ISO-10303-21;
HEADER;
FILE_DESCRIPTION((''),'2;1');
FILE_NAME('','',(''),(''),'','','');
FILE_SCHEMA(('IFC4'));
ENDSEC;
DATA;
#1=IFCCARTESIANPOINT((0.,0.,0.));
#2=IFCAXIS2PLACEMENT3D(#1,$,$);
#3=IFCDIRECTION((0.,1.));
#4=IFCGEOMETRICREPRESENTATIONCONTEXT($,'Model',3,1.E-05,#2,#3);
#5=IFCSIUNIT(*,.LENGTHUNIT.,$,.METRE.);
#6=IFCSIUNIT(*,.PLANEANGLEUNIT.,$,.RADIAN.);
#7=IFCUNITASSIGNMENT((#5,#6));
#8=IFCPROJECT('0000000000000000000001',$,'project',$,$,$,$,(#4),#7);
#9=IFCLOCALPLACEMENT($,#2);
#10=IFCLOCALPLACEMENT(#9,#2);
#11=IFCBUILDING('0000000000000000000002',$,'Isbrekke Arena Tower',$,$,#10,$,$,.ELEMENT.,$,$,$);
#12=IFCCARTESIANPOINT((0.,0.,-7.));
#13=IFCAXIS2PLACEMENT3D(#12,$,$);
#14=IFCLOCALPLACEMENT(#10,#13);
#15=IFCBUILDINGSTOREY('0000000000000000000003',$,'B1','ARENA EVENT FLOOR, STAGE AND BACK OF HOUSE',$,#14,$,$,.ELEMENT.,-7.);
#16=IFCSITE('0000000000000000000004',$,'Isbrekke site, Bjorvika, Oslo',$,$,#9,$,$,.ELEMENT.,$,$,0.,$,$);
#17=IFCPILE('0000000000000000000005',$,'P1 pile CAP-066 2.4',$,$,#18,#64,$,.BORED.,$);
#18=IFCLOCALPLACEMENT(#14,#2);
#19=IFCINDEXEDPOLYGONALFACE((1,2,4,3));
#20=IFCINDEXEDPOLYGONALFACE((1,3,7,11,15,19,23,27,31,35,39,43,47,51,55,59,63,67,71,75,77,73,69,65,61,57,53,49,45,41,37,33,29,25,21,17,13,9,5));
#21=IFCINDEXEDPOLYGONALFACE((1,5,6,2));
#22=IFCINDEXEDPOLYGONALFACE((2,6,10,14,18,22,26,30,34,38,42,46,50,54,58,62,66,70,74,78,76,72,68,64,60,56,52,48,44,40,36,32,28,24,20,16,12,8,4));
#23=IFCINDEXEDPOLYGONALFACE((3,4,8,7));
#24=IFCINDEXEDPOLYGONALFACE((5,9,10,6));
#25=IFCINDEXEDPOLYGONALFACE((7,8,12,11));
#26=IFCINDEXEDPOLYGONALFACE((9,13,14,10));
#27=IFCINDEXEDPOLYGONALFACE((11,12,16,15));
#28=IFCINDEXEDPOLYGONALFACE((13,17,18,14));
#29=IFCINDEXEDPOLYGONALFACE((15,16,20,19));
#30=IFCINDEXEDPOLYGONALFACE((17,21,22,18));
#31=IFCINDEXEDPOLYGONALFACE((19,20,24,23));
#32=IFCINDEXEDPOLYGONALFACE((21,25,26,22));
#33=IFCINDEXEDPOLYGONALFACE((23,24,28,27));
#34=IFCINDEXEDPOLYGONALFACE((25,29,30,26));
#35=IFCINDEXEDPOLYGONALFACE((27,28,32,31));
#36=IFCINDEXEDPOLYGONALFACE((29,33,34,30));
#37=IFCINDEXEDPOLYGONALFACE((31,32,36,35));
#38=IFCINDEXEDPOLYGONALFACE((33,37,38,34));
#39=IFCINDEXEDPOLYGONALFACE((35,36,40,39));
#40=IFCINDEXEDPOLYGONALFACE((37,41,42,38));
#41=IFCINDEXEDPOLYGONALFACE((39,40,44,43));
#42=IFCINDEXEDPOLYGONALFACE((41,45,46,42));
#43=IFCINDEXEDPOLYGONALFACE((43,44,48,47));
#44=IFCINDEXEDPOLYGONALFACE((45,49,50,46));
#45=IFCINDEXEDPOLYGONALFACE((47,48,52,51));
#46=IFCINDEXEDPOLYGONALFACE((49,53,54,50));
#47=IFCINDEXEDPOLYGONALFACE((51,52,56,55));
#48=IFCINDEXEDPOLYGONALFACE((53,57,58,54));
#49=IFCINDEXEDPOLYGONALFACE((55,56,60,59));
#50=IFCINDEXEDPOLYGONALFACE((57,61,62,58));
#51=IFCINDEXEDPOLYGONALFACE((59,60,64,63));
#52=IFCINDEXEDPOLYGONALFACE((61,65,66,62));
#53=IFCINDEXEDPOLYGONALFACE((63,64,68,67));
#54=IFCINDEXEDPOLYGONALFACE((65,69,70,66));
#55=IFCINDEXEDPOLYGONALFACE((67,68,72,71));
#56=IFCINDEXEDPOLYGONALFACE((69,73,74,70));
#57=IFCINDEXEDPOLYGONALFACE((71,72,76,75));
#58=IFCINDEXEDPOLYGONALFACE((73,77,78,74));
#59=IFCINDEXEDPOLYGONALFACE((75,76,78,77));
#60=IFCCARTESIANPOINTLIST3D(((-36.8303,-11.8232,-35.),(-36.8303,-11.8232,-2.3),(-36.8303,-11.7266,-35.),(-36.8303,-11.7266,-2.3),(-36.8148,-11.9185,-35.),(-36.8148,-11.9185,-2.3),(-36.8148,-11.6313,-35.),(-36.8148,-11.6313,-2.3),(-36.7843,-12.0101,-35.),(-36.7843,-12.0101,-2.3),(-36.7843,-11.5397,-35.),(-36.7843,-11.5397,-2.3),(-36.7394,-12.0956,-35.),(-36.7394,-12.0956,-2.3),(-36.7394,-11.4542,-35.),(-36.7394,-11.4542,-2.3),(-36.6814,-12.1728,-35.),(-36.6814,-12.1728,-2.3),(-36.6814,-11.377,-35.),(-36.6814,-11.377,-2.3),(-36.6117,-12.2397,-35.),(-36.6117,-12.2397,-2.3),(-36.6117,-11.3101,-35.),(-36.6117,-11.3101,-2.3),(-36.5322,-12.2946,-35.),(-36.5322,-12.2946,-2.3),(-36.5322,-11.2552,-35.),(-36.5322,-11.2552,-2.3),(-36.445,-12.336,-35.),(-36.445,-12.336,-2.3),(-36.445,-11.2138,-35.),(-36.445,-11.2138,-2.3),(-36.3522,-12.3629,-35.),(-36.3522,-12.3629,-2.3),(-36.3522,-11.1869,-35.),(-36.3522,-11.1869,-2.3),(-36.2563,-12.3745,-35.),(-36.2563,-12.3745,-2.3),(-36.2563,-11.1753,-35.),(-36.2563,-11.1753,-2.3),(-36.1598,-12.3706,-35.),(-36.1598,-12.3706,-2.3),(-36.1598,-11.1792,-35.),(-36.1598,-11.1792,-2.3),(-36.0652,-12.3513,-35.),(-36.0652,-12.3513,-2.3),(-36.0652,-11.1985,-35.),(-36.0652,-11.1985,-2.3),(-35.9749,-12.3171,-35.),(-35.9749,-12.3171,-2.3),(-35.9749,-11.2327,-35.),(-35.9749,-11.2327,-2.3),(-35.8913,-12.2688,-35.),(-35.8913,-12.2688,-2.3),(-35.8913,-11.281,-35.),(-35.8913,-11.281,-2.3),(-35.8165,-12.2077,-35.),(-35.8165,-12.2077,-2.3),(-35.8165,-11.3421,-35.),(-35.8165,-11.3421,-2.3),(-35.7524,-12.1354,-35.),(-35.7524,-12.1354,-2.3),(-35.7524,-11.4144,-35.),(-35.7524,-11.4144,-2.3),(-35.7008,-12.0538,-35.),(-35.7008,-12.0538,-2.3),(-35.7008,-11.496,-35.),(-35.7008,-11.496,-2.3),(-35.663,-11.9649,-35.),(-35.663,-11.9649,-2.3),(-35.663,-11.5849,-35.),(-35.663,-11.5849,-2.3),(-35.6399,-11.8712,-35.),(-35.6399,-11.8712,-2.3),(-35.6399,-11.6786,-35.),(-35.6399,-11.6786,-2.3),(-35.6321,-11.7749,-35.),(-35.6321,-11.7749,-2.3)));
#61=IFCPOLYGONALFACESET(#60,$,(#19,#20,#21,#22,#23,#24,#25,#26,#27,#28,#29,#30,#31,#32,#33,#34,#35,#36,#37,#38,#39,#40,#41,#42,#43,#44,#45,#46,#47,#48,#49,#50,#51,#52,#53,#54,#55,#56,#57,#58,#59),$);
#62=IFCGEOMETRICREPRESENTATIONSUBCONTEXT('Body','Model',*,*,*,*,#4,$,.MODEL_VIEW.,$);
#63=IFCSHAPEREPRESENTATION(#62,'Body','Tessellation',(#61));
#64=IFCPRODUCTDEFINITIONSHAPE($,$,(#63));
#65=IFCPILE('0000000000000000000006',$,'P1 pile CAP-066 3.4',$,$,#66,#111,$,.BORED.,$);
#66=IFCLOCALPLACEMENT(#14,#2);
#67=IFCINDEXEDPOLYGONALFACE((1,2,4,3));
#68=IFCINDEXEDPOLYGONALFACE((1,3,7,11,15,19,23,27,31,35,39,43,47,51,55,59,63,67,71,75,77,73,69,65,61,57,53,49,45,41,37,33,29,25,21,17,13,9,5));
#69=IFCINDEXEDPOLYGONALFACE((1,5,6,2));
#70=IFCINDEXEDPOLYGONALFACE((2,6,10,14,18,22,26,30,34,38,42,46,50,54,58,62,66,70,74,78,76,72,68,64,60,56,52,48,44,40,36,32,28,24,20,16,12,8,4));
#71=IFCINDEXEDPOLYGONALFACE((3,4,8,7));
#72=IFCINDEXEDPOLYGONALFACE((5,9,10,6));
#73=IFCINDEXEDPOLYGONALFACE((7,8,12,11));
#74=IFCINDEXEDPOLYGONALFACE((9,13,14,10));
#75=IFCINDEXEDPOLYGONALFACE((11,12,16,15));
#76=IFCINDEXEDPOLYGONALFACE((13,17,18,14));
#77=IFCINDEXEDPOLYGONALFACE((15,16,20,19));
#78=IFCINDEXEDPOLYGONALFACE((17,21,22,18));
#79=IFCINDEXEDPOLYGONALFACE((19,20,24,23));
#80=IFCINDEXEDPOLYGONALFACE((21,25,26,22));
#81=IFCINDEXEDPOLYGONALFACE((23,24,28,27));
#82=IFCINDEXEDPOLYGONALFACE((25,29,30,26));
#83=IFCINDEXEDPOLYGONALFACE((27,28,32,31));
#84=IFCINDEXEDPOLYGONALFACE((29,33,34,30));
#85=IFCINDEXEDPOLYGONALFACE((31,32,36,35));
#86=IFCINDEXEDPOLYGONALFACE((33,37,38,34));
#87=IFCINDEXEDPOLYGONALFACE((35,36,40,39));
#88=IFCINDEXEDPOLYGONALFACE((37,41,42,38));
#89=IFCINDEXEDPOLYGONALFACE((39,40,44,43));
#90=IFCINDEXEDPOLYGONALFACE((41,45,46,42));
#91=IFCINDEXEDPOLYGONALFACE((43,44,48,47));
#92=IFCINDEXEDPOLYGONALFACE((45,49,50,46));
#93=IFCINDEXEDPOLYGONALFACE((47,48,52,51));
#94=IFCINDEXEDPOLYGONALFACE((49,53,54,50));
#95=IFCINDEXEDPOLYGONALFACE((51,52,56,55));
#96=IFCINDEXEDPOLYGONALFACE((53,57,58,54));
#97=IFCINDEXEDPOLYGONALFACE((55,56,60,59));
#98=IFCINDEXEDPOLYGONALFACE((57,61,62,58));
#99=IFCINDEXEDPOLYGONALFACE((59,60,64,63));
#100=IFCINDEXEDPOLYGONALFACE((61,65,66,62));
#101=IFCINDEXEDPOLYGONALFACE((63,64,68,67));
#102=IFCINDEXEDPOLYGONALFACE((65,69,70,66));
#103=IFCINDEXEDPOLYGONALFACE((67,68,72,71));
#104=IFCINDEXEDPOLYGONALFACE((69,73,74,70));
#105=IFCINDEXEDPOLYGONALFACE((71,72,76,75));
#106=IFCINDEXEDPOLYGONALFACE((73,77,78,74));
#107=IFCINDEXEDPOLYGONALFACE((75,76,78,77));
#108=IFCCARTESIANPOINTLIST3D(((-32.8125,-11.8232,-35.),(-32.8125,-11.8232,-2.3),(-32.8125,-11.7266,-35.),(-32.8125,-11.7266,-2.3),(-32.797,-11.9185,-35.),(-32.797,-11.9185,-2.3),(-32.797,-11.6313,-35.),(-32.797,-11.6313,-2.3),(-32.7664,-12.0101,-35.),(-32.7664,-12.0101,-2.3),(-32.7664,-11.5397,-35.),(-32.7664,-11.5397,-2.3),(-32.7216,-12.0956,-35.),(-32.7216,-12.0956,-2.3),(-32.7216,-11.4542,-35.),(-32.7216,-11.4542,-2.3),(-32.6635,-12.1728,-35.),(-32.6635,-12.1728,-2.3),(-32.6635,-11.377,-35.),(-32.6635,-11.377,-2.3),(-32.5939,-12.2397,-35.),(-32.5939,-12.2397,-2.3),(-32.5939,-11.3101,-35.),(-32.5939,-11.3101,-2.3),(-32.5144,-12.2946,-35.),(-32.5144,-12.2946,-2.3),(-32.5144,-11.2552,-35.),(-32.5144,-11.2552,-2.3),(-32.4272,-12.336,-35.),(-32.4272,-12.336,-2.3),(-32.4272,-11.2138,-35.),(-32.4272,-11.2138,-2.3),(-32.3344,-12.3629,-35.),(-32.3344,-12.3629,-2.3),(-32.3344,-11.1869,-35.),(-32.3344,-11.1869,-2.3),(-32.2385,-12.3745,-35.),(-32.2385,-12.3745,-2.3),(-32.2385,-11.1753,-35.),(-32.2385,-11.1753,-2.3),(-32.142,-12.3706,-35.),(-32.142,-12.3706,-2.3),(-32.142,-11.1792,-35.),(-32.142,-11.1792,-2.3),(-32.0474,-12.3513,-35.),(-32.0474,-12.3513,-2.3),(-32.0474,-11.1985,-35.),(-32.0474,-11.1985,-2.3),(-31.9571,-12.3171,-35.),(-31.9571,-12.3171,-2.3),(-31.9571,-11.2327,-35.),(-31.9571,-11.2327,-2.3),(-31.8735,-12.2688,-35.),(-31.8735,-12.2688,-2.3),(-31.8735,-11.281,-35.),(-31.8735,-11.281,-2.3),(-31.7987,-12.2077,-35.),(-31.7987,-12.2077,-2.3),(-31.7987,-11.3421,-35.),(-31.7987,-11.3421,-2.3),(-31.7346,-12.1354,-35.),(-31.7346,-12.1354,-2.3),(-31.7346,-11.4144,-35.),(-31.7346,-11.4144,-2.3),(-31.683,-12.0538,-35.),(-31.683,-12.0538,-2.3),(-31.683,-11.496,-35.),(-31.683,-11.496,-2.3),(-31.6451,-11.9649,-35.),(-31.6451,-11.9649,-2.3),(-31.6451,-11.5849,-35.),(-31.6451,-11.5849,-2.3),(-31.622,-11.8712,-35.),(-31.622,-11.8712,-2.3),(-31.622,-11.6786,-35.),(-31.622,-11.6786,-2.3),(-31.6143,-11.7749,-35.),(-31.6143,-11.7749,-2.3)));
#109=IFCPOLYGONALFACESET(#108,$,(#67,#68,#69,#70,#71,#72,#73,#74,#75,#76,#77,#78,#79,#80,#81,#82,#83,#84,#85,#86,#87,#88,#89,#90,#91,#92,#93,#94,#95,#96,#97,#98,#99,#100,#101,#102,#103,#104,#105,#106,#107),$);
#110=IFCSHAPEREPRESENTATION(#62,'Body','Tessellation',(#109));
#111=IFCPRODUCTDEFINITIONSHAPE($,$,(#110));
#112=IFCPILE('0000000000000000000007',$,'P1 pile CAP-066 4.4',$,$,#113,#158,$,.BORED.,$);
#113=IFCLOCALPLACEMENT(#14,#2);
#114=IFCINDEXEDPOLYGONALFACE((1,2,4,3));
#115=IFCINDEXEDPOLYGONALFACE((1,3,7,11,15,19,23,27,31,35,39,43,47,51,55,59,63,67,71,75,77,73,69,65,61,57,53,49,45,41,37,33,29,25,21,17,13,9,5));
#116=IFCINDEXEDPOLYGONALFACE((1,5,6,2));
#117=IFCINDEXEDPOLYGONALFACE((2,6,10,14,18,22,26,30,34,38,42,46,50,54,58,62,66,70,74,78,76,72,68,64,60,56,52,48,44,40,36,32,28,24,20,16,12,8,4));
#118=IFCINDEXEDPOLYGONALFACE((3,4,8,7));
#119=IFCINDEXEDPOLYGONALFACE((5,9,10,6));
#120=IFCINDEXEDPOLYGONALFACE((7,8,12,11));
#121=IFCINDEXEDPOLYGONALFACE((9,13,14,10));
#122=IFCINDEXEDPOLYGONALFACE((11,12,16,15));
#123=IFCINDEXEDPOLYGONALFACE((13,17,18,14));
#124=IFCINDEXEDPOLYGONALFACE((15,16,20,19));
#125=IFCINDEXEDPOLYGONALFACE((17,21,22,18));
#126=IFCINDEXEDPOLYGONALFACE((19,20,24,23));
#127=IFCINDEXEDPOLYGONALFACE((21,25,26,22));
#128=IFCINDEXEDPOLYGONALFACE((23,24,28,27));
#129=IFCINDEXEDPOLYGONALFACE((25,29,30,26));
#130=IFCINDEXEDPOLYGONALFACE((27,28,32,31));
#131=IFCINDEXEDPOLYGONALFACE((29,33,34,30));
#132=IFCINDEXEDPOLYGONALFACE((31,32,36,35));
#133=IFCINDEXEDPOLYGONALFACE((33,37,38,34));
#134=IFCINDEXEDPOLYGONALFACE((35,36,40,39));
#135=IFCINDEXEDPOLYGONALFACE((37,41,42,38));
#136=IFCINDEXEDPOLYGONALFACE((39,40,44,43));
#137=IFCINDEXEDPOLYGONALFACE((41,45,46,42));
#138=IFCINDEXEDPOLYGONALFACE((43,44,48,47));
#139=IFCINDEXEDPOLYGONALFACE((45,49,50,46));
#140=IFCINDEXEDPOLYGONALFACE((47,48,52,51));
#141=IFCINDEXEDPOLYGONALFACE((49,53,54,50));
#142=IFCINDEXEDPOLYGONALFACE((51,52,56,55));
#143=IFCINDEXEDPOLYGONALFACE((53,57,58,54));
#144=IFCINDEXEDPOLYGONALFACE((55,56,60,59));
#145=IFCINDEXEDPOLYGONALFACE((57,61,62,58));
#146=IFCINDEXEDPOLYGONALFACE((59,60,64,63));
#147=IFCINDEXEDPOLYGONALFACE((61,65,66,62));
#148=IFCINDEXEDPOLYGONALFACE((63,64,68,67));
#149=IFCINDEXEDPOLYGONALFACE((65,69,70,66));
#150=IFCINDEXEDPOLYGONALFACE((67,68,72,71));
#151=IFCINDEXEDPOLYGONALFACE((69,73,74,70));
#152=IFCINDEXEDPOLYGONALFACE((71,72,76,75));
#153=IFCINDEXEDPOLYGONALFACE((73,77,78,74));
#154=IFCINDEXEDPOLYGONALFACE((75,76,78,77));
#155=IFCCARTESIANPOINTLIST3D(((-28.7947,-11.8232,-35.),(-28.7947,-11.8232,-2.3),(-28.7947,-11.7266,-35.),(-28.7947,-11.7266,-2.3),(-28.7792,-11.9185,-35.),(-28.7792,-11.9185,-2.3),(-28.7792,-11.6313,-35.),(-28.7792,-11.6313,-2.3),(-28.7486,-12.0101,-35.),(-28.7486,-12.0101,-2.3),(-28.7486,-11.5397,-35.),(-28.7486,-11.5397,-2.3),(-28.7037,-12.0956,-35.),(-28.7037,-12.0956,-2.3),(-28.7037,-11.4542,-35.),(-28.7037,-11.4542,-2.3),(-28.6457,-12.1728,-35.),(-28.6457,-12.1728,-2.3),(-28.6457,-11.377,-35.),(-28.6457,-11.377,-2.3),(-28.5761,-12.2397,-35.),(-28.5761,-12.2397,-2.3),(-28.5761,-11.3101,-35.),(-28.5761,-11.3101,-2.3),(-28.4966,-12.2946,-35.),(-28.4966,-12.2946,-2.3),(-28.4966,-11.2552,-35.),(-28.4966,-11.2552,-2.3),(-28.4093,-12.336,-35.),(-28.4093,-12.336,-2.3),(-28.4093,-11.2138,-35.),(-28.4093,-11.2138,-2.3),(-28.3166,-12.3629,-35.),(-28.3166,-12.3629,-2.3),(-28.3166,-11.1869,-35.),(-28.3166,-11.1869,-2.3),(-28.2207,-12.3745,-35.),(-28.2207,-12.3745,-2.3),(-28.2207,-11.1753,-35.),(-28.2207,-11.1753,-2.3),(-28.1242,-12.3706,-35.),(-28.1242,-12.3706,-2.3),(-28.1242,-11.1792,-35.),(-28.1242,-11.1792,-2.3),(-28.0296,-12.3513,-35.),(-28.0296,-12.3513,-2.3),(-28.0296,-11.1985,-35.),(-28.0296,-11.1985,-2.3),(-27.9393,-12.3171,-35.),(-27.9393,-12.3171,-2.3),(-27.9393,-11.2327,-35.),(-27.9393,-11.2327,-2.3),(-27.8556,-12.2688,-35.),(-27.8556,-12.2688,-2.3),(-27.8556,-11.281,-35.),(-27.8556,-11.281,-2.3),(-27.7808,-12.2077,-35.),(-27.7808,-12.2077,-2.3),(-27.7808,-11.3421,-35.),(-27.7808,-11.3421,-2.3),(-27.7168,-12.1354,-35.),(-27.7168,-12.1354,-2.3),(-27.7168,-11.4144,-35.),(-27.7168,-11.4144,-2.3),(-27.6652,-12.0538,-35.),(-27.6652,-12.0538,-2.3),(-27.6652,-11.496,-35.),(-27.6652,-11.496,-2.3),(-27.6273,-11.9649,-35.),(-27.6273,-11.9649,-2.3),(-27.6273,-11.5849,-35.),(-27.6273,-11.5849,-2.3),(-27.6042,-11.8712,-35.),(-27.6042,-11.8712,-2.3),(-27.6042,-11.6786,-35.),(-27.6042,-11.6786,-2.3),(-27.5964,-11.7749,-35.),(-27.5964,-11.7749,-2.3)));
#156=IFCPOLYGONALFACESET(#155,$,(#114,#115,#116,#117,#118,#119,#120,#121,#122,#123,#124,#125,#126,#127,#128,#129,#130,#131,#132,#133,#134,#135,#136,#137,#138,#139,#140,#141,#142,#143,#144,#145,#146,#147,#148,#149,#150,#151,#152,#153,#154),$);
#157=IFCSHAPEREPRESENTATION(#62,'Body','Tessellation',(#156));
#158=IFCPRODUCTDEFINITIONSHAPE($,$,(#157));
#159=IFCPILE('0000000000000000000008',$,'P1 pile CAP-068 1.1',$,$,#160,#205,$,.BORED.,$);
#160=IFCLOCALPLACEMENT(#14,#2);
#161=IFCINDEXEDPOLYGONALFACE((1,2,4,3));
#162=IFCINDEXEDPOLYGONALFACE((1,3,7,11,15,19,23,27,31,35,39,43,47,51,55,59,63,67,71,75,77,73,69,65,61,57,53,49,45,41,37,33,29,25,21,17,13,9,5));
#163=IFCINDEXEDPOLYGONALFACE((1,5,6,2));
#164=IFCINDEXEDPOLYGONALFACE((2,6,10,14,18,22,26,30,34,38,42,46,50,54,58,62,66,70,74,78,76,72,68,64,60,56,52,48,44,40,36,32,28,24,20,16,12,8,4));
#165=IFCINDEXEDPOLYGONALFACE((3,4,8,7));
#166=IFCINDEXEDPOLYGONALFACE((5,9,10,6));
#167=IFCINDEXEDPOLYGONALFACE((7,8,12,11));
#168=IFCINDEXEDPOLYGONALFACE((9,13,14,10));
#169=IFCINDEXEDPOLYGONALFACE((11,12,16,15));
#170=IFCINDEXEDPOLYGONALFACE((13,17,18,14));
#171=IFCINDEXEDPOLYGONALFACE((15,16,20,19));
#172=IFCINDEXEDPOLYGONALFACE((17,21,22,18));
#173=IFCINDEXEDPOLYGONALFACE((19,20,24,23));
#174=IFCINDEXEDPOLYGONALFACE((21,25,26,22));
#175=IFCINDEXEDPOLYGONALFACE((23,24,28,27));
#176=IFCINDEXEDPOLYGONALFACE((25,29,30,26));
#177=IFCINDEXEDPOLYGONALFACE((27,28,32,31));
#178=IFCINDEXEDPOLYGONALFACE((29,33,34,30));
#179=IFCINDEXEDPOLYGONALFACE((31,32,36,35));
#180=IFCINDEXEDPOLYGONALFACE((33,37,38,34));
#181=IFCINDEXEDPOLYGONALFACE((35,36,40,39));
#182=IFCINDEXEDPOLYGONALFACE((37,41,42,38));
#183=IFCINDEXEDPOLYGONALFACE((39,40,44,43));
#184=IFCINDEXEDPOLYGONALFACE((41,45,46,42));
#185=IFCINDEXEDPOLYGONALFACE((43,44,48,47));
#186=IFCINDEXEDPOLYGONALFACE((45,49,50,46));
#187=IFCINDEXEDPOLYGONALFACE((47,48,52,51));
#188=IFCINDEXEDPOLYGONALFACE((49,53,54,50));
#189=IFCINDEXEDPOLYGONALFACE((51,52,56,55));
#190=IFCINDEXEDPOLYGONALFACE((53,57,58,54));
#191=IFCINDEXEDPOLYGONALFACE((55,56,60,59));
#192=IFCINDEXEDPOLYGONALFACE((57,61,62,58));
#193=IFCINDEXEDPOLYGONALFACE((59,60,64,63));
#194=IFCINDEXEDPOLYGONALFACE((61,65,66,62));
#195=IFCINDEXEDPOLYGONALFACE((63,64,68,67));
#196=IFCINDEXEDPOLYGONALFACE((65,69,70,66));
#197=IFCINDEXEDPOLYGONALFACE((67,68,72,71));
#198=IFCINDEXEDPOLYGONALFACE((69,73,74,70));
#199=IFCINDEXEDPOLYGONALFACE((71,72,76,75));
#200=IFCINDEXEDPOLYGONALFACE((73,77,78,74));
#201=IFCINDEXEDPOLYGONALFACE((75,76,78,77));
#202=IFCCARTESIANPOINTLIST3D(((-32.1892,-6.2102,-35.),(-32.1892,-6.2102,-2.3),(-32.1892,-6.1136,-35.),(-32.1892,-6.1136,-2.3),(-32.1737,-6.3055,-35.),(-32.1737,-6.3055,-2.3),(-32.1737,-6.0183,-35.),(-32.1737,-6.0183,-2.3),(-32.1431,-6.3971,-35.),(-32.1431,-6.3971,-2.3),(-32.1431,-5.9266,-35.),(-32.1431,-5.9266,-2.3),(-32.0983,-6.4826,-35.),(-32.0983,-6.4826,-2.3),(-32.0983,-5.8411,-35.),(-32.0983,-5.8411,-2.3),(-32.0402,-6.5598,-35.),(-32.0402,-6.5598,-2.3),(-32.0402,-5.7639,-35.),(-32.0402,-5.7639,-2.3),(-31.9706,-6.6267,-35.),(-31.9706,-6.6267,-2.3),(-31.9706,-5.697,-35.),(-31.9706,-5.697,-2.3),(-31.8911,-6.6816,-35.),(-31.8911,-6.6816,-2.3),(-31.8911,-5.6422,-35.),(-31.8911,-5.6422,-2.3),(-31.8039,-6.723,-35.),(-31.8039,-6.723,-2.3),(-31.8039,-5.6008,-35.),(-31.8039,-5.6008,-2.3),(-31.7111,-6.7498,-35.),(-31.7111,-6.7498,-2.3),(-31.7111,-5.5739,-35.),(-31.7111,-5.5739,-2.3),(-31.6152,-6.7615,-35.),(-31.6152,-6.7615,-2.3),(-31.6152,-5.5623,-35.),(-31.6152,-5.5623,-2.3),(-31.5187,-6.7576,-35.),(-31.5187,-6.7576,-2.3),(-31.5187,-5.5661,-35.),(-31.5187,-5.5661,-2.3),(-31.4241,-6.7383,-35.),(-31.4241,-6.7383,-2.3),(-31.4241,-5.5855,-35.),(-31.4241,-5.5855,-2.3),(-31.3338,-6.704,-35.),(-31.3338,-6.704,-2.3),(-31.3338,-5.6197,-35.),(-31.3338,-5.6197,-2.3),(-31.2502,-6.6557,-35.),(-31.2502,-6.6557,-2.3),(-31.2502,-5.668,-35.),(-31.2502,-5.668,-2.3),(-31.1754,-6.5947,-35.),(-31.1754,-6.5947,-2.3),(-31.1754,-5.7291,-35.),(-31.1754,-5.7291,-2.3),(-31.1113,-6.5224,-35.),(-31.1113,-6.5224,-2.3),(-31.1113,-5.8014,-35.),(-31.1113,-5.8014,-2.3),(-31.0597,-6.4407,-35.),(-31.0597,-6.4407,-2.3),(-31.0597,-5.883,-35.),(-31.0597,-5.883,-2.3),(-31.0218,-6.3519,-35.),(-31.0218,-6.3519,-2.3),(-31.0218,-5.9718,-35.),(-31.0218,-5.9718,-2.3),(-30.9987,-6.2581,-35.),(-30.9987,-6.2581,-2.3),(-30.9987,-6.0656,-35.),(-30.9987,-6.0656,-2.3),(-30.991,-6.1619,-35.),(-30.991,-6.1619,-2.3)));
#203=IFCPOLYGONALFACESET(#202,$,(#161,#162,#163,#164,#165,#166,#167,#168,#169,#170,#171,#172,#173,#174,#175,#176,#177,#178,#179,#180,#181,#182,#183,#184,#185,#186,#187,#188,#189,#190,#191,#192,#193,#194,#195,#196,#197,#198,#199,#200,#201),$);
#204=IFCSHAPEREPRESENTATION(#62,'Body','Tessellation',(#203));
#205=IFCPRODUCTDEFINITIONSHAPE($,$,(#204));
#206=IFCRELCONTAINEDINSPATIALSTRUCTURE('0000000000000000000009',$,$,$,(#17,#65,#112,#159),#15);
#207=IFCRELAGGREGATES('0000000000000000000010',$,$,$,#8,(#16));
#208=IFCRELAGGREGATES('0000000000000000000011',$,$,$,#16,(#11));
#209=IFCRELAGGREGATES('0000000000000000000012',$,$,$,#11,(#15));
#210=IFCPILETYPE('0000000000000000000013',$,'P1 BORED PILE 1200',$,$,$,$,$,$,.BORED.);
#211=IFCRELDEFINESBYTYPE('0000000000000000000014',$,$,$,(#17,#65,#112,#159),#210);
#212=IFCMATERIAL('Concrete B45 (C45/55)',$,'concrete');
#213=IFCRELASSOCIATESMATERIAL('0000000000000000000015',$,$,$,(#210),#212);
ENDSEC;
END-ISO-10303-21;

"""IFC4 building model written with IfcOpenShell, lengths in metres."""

from ifc_helpers import new_model, si_unit, direction, frame, origin, origin_2d, place, context, subcontext, project, spatial, circle, extrude, material, material_profile, profile_set, type_object, element, save


model = new_model("IFC4")

# Units and contexts
model_context = context("Model", 3, precision=1e-05, world=origin(), true_north=direction((0.0, 1.0)))
body_context = subcontext(model_context, "Body", "Model", "MODEL_VIEW")
ifc_project = project(units=[si_unit("LENGTHUNIT", "METRE"), si_unit("PLANEANGLEUNIT", "RADIAN")], contexts=[model_context])

# Site, building, storey
site_placement = place(None, origin())
site = spatial("IfcSite", under=ifc_project, at=site_placement, Name="Isbrekke site, Bjorvika, Oslo", CompositionType="ELEMENT", RefElevation=0.0)
building_placement = place(site_placement, origin())
building = spatial("IfcBuilding", under=site, at=building_placement, Name="Isbrekke Arena Tower", CompositionType="ELEMENT")
storey_placement = place(building_placement, frame((0.0, 0.0, -7.0)))
storey = spatial("IfcBuildingStorey", under=building, at=storey_placement, Name="B1", Description="ARENA EVENT FLOOR, STAGE AND BACK OF HOUSE", CompositionType="ELEMENT", Elevation=-7.0)

# Piles
ifc_material_1 = material(Name="Concrete B45 (C45/55)", Category="concrete")
ifc_material_profile_1 = material_profile(ifc_material_1, circle(Radius=0.6001, at=origin_2d()), Name="BORED PILE D1200")
ifc_profile_set_1 = profile_set([ifc_material_profile_1], Name="Concrete B45 (C45/55)")
pile_type = type_object("IfcPileType", Name="P1 BORED PILE 1200", PredefinedType="BORED", material=ifc_profile_set_1)
for number, where, z_axis, x_axis, name in (
    (1, (-36.2322, -11.7749, -2.3), (0.0, 0.0, -1.0), (1.0, 0.0, 0.0), "P1 pile CAP-066 2.4"),
    (2, (-32.2144, -11.7749, -2.3), (0.0, 0.0, -1.0), (1.0, 0.0, 0.0), "P1 pile CAP-066 3.4"),
    (3, (-28.1965, -11.7749, -2.3), (0.0, 0.0, -1.0), (1.0, 0.0, 0.0), "P1 pile CAP-066 4.4"),
    (4, (-31.5911, -6.1619, -2.3), (0.0, 0.0, -1.0), (1.0, 0.0, 0.0), "P1 pile CAP-068 1.1"),
):
    element("IfcPile", number, at=place(storey_placement, frame(where, z_axis=z_axis, x_axis=x_axis)), inside=storey, type_object=pile_type, Name=name, PredefinedType="BORED", context=body_context, shape_type="SweptSolid", body=[
        extrude(circle(Radius=0.6001, at=origin_2d()), origin(), (0.0, 0.0, 1.0), 32.7),
    ])

save(model, "model.ifc")
